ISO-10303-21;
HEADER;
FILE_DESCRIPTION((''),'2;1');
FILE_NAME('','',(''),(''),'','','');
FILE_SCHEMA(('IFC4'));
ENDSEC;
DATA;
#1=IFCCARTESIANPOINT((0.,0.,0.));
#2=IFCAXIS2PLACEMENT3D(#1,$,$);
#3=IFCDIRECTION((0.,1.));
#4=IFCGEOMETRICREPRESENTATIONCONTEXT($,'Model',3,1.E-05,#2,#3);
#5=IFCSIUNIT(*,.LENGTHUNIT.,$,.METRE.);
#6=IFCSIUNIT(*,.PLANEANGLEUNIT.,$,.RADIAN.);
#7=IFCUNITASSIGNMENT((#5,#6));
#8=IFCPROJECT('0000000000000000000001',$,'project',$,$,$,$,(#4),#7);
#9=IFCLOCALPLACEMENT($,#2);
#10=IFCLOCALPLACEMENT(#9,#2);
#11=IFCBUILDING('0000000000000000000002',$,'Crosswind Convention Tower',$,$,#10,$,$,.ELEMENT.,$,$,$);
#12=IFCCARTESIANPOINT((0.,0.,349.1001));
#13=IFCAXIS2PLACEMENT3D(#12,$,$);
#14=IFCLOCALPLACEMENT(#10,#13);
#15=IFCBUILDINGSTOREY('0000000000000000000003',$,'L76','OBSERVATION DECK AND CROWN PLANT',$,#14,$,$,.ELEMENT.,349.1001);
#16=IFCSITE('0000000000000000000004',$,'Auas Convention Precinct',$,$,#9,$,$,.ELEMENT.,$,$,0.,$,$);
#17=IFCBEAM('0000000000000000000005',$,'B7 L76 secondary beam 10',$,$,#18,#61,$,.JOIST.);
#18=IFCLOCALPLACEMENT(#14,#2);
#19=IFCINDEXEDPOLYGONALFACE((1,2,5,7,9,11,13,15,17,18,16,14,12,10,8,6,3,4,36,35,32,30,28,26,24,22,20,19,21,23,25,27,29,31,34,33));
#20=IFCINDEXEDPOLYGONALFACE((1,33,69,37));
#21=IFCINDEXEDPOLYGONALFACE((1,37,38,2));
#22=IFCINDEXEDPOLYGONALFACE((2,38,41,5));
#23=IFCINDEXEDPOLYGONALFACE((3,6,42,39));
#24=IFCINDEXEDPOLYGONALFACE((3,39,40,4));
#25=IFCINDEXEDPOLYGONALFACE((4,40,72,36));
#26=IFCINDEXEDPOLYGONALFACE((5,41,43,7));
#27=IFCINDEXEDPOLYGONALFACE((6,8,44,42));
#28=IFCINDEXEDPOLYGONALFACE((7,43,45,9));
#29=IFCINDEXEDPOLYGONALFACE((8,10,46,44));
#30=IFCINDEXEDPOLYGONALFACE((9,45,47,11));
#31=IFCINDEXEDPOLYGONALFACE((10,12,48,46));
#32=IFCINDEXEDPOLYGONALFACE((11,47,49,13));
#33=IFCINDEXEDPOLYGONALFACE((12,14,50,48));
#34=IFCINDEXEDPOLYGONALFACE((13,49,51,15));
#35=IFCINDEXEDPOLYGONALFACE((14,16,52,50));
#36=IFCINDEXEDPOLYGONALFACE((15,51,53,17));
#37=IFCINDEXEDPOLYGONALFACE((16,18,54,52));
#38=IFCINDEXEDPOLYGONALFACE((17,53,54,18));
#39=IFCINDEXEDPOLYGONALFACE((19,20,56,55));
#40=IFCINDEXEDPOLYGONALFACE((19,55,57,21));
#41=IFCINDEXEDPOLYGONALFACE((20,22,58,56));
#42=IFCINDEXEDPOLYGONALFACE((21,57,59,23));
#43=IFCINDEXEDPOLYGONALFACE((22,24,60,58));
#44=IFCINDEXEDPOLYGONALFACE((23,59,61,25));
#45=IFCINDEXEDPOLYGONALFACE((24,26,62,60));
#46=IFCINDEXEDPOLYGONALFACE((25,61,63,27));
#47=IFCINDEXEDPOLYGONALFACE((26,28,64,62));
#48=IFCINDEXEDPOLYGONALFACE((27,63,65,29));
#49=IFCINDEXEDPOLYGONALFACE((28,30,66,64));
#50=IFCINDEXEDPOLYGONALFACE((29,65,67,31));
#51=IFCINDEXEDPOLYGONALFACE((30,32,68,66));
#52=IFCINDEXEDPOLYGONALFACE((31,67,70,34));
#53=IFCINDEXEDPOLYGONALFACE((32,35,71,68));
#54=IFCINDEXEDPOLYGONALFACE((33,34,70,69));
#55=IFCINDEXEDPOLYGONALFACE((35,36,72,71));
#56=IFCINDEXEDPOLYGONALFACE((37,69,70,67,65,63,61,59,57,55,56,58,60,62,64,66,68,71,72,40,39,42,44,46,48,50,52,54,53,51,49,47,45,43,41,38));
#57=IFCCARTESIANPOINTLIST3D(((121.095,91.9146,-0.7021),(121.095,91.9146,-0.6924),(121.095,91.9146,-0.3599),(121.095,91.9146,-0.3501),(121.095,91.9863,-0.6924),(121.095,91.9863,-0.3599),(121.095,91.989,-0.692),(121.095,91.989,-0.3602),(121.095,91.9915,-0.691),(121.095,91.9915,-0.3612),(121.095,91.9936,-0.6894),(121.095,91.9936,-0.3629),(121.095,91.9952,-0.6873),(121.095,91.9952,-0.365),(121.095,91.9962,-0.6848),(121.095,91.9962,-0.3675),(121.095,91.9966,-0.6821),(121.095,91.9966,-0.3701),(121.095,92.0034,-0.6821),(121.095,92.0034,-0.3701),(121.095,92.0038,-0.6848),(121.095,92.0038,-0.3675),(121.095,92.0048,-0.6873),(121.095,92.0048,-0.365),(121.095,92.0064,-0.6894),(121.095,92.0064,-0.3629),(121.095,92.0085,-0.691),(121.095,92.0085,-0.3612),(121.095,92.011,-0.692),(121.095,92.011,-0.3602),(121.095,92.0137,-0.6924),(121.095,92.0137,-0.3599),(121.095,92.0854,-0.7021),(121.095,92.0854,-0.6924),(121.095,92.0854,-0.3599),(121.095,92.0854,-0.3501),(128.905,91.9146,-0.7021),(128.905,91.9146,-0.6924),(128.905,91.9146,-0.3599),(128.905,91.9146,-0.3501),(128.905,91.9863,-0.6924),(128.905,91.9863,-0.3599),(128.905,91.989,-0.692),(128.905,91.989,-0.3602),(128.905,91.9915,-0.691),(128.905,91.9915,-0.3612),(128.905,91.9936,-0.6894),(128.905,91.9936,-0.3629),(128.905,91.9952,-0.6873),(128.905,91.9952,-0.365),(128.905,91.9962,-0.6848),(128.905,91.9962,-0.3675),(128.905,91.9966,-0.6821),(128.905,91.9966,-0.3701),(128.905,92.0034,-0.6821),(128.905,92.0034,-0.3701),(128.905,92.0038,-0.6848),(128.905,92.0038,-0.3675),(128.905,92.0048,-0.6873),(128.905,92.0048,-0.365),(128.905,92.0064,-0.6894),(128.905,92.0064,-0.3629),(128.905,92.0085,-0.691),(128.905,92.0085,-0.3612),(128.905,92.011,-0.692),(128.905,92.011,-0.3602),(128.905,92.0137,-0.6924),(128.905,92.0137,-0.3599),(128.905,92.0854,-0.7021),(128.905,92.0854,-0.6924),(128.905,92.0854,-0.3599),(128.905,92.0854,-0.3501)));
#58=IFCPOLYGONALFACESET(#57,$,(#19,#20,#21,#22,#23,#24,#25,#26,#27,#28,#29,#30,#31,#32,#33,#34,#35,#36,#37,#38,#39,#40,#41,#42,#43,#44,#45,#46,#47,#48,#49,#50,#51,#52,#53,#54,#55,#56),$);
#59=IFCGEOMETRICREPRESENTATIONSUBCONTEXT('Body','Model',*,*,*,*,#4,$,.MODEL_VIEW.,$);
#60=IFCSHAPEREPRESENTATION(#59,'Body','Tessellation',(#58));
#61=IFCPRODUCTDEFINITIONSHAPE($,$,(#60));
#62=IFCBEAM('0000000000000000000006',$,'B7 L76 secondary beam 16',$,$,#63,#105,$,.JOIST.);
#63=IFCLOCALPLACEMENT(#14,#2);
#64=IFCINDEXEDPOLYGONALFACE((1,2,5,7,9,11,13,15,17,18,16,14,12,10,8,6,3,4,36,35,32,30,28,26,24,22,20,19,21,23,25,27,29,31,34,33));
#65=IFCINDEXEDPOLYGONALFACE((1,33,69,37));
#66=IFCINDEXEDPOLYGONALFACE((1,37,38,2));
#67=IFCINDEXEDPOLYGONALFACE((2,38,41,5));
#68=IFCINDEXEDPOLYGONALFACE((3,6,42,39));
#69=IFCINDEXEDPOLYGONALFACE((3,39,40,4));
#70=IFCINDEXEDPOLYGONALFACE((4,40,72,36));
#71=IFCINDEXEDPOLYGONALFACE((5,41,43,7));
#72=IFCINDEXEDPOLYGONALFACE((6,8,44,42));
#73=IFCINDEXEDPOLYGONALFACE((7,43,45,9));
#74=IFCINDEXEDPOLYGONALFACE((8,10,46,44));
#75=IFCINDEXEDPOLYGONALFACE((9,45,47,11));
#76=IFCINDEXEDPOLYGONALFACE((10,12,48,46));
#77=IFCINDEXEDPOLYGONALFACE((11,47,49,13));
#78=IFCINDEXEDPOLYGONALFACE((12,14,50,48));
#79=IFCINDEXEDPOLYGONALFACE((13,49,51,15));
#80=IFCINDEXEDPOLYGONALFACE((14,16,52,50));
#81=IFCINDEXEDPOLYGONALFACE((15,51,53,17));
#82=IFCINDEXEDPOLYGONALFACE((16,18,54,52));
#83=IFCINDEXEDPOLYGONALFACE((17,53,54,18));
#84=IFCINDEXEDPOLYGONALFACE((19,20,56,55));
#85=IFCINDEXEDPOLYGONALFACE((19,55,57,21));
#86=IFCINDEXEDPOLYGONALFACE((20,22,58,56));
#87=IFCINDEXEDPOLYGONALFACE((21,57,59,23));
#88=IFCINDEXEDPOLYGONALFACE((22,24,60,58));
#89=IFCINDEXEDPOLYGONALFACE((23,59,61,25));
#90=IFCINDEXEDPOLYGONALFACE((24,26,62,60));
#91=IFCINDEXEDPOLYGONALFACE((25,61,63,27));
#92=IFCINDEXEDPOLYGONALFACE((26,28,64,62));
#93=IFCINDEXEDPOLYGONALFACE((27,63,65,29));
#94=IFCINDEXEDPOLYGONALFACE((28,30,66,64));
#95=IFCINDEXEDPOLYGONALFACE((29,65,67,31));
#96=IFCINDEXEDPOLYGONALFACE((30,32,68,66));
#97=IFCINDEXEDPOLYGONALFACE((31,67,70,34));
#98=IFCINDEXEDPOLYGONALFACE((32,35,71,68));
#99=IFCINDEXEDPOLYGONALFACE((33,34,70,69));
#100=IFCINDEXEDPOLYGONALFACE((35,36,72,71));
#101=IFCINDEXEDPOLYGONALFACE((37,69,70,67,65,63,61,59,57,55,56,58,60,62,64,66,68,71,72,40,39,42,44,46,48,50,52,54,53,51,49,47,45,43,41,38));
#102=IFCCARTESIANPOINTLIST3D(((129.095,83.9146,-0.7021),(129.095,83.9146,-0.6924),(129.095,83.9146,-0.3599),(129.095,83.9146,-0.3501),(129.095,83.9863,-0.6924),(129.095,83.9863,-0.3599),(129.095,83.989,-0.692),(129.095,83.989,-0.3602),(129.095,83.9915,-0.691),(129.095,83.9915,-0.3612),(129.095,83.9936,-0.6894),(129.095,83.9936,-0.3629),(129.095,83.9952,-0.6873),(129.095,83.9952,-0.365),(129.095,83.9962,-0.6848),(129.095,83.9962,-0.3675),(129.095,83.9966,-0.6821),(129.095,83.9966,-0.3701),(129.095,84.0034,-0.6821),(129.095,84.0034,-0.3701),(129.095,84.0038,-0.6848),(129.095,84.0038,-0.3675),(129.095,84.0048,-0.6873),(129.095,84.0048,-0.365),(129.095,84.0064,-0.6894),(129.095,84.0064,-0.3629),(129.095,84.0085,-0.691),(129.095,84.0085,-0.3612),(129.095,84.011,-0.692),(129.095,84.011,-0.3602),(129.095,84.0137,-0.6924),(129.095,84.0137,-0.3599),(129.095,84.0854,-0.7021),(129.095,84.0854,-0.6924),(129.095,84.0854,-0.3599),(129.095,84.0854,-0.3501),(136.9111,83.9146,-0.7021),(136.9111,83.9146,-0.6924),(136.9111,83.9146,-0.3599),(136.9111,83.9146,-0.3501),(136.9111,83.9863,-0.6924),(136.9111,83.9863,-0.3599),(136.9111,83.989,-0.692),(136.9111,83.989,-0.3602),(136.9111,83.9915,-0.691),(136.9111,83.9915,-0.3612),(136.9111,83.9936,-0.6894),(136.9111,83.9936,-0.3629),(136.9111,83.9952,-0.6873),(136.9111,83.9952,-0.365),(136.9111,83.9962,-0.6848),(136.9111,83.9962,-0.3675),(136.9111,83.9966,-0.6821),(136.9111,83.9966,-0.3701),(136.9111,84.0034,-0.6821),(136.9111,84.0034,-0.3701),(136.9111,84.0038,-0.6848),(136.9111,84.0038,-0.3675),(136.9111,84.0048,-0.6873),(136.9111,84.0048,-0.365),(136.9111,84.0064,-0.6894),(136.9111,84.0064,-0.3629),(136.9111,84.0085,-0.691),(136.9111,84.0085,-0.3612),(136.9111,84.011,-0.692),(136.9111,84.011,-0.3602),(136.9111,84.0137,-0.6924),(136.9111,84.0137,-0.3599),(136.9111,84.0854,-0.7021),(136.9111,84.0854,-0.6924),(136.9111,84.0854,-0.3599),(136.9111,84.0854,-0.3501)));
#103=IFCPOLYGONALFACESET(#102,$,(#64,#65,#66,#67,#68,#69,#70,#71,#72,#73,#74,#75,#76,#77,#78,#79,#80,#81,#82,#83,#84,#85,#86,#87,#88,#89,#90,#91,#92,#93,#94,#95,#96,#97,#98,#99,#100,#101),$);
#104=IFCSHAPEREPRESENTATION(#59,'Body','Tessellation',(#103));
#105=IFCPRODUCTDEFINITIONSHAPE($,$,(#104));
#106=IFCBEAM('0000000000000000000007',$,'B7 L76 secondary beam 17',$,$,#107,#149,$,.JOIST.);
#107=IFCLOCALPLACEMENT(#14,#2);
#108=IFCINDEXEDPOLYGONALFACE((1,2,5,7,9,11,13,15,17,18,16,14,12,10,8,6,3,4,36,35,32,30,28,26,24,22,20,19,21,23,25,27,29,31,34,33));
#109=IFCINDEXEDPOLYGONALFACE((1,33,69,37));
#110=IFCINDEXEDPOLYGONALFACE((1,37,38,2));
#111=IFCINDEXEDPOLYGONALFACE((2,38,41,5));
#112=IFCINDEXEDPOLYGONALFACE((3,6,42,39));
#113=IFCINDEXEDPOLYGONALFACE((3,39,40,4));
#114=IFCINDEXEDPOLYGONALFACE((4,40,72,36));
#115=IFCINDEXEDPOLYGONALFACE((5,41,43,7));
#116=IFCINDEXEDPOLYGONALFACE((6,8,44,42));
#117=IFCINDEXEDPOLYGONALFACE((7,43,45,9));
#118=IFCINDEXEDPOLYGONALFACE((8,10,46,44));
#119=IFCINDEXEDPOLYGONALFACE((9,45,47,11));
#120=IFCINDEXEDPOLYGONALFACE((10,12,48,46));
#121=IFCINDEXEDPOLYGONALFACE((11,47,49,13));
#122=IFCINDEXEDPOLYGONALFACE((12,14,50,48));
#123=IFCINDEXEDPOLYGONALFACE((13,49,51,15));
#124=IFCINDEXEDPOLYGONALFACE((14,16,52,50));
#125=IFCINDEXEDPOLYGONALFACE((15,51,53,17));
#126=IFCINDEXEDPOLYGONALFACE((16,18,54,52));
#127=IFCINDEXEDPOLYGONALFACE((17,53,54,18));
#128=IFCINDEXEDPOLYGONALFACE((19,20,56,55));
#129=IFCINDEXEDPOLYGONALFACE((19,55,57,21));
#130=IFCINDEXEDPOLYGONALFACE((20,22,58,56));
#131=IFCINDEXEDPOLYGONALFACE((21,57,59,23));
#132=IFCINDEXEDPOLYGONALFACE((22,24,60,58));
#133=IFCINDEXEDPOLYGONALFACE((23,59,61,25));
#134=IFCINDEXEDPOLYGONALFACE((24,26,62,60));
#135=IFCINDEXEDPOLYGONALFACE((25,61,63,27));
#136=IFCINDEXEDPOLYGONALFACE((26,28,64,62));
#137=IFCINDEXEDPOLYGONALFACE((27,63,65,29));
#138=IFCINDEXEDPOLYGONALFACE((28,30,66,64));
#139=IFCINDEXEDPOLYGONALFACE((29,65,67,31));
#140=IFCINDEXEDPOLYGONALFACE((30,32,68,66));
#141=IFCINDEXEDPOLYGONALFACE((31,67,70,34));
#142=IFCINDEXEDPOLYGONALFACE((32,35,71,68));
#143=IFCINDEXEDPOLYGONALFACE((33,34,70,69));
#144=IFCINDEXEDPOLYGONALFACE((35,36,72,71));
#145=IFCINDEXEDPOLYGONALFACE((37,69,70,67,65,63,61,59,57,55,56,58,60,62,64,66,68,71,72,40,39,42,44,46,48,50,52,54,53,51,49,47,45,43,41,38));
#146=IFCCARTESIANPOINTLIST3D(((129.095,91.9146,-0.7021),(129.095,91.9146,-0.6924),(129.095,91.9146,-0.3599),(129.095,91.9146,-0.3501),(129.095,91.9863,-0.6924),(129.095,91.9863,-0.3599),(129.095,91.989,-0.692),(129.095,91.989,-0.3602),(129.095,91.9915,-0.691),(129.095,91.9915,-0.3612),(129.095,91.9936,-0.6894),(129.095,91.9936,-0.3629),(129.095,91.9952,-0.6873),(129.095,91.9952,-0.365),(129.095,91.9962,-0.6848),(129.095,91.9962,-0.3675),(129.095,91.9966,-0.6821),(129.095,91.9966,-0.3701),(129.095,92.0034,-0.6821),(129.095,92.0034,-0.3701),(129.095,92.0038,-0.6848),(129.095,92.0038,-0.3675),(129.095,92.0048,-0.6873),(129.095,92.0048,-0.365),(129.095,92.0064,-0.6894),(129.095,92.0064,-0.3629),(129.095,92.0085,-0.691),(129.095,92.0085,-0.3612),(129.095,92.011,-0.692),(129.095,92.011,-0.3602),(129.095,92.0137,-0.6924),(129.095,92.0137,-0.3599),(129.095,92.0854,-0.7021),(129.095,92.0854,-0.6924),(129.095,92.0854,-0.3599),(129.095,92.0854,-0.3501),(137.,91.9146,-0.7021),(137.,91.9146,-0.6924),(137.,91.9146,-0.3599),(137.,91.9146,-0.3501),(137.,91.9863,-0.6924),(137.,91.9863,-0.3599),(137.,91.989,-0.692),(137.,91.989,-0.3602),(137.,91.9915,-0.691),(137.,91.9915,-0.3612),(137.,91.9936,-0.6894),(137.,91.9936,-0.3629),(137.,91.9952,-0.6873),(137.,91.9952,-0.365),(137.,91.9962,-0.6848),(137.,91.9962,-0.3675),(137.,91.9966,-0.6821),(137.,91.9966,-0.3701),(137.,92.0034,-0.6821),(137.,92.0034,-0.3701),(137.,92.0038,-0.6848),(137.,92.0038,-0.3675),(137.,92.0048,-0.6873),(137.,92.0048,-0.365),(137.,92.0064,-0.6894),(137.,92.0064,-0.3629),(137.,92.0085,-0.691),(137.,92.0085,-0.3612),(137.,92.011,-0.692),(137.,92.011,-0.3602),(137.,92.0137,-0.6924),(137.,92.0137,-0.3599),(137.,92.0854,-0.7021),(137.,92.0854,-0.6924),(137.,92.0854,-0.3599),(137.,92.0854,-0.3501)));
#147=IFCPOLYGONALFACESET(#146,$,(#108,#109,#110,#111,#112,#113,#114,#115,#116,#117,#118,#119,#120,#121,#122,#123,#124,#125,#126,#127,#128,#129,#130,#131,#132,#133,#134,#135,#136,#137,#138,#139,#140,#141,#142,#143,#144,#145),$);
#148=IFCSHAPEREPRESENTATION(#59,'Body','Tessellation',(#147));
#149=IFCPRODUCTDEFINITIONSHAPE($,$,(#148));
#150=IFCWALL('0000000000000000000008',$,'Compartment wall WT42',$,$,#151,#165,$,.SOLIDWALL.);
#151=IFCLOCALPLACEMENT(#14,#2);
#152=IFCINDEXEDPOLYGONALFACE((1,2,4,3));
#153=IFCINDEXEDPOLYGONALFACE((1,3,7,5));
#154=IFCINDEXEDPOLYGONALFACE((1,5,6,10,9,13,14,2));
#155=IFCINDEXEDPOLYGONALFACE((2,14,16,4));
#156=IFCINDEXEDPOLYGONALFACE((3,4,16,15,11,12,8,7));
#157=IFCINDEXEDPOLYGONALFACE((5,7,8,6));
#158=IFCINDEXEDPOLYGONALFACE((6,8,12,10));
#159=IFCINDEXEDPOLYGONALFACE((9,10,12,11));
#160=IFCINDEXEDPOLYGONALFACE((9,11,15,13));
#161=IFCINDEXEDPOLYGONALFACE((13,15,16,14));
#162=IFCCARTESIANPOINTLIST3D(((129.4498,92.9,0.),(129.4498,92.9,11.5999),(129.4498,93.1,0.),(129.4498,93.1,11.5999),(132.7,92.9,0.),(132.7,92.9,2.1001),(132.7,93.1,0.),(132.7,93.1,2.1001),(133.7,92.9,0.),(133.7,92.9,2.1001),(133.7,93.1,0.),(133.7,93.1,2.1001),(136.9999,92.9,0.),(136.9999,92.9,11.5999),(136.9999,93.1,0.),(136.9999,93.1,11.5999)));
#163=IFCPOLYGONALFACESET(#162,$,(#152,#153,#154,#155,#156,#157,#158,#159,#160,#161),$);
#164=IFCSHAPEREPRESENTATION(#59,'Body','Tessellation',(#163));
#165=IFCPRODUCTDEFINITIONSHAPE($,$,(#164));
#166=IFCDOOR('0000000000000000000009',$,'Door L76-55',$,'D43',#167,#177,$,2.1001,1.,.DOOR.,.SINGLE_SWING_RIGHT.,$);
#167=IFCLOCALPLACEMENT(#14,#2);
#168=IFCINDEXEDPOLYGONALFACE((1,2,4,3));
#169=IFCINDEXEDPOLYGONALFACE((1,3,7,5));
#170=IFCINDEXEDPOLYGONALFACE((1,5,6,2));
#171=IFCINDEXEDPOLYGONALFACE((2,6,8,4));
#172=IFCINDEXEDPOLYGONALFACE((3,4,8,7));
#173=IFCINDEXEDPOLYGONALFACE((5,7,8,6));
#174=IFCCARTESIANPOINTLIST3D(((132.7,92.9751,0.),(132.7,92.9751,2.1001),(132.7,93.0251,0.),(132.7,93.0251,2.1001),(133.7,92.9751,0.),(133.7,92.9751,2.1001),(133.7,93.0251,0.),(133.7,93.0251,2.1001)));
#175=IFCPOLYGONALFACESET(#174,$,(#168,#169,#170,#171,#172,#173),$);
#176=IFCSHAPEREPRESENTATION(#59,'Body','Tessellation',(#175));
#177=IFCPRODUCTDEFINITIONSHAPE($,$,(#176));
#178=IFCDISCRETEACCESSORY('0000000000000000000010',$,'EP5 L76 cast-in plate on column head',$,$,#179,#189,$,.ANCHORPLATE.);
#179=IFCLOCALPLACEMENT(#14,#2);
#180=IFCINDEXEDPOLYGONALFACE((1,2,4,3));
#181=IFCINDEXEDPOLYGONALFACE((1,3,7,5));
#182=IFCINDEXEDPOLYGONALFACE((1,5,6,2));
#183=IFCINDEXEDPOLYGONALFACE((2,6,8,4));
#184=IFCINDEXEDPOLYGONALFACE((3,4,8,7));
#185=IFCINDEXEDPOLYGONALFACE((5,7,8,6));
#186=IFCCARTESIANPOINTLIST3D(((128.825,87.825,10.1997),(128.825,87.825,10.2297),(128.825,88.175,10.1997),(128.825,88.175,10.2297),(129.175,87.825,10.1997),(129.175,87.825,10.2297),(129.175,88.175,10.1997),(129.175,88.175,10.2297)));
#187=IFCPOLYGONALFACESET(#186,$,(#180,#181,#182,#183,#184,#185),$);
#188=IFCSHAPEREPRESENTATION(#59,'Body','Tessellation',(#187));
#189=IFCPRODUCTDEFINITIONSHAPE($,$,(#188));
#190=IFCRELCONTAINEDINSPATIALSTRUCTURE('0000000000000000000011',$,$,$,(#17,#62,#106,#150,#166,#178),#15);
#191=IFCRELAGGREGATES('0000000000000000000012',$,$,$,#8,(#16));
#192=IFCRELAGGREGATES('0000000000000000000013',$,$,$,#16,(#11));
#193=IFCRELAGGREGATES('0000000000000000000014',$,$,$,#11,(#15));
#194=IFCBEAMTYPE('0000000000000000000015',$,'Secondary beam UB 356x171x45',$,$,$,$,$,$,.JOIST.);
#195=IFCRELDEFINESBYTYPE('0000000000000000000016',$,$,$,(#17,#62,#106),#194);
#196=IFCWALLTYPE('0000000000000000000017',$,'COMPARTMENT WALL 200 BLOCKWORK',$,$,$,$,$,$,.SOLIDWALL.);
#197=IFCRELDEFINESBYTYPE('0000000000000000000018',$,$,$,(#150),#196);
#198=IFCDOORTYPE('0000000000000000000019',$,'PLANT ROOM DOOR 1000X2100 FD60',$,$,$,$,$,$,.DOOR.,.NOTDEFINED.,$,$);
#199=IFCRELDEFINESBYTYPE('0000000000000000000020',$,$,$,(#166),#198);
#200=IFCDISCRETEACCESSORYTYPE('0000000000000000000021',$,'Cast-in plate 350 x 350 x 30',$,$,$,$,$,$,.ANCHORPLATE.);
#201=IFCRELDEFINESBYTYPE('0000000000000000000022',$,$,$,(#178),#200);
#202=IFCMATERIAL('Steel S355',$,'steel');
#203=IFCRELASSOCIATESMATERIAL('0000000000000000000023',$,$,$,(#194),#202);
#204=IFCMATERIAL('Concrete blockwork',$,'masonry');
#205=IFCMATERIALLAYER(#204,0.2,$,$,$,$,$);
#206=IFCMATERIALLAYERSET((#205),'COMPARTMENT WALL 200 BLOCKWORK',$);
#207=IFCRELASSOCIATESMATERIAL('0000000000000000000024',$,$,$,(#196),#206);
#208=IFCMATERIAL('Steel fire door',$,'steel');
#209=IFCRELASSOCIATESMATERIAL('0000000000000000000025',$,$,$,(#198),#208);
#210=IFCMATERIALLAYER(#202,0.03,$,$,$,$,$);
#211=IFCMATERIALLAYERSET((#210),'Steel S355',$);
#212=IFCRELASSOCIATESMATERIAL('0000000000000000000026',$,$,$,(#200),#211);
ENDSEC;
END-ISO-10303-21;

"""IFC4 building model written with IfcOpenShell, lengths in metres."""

from ifc_helpers import new_model, si_unit, direction, frame, frame_2d, origin, origin_2d, place, context, subcontext, project, spatial, rectangle, i_section, extrude, material, layer, layer_set, material_profile, profile_set, type_object, element, fill, save


model = new_model("IFC4")

# Units and contexts
model_context = context("Model", 3, precision=1e-05, world=origin(), true_north=direction((0.0, 1.0)))
body_context = subcontext(model_context, "Body", "Model", "MODEL_VIEW")
ifc_project = project(units=[si_unit("LENGTHUNIT", "METRE"), si_unit("PLANEANGLEUNIT", "RADIAN")], contexts=[model_context])

# Site, building, storey
site_placement = place(None, origin())
site = spatial("IfcSite", under=ifc_project, at=site_placement, Name="Auas Convention Precinct", CompositionType="ELEMENT", RefElevation=0.0)
building_placement = place(site_placement, origin())
building = spatial("IfcBuilding", under=site, at=building_placement, Name="Crosswind Convention Tower", CompositionType="ELEMENT")
storey_placement = place(building_placement, frame((0.0, 0.0, 349.1001)))
storey = spatial("IfcBuildingStorey", under=building, at=storey_placement, Name="L76", Description="OBSERVATION DECK AND CROWN PLANT", CompositionType="ELEMENT", Elevation=349.1001)

# Shared definitions
ifc_material_1 = material(Name="Steel S355", Category="steel")

# Beams
ifc_material_profile_1 = material_profile(ifc_material_1, i_section(OverallWidth=0.1709, OverallDepth=0.3521, WebThickness=0.0068, FlangeThickness=0.0098, FilletRadius=0.0103, at=origin_2d()), Name="UB 356x171x45")
ifc_profile_set_1 = profile_set([ifc_material_profile_1], Name="Steel S355")
beam_type_1 = type_object("IfcBeamType", Name="Secondary beam UB 356x171x45", PredefinedType="JOIST", material=ifc_profile_set_1)
for number, where, z_axis, x_axis, name in (
    (1, (121.095, 92.0, -0.5261), (1.0, 0.0, 0.0), (0.0, 1.0, 0.0), "B7 L76 secondary beam 10"),
):
    element("IfcBeam", number, at=place(storey_placement, frame(where, z_axis=z_axis, x_axis=x_axis)), inside=storey, type_object=beam_type_1, Name=name, PredefinedType="JOIST", context=body_context, shape_type="SweptSolid", body=[
        extrude(i_section(OverallWidth=0.1709, OverallDepth=0.3521, WebThickness=0.0068, FlangeThickness=0.0098, FilletRadius=0.0103, at=origin_2d()), origin(), (0.0, 0.0, 1.0), 7.8101),
    ])
beam_1_placement = place(storey_placement, frame((129.095, 84.0, -0.5261), z_axis=(1.0, 0.0, 0.0), x_axis=(0.0, 1.0, 0.0)))
element("IfcBeam", 2, at=beam_1_placement, inside=storey, type_object=beam_type_1, Name="B7 L76 secondary beam 16", PredefinedType="JOIST", context=body_context, shape_type="SweptSolid", body=[
    extrude(i_section(OverallWidth=0.1709, OverallDepth=0.3521, WebThickness=0.0068, FlangeThickness=0.0098, FilletRadius=0.0103, at=origin_2d()), origin(), (0.0, 0.0, 1.0), 7.8162),
])
beam_2_placement = place(storey_placement, frame((129.095, 92.0, -0.5261), z_axis=(1.0, 0.0, 0.0), x_axis=(0.0, 1.0, 0.0)))
element("IfcBeam", 3, at=beam_2_placement, inside=storey, type_object=beam_type_1, Name="B7 L76 secondary beam 17", PredefinedType="JOIST", context=body_context, shape_type="SweptSolid", body=[
    extrude(i_section(OverallWidth=0.1709, OverallDepth=0.3521, WebThickness=0.0068, FlangeThickness=0.0098, FilletRadius=0.0103, at=origin_2d()), origin(), (0.0, 0.0, 1.0), 7.905),
])

# Wall, opening, door
ifc_material_2 = material(Name="Concrete blockwork", Category="masonry")
ifc_layer_1 = layer(ifc_material_2, 0.2)
ifc_layer_set_1 = layer_set([ifc_layer_1], Name="COMPARTMENT WALL 200 BLOCKWORK")
wall_type = type_object("IfcWallType", Name="COMPARTMENT WALL 200 BLOCKWORK", PredefinedType="SOLIDWALL", material=ifc_layer_set_1)
wall_placement = place(storey_placement, frame((129.45, 93.0, 0.0), z_axis=(0.0, 0.0, 1.0), x_axis=(1.0, 0.0, 0.0)))
wall = element("IfcWall", 4, at=wall_placement, inside=storey, type_object=wall_type, Name="Compartment wall WT42", PredefinedType="SOLIDWALL", context=body_context, shape_type="SweptSolid", body=[
    extrude(rectangle(XDim=7.55, YDim=0.2, at=frame_2d((3.7749, 0.0))), origin(), (0.0, 0.0, 1.0), 11.5999),
])
opening_placement = place(wall_placement, frame((3.25, 0.0, 0.0)))
opening = element("IfcOpeningElement", 5, at=opening_placement, cuts=wall, PredefinedType="OPENING", context=body_context, shape_type="SweptSolid", body=[
    extrude(rectangle(XDim=1.0, YDim=2.1001, at=frame_2d((0.5, 1.05))), frame((0.0, 0.1099, 0.0), z_axis=(0.0, -1.0, 0.0), x_axis=(1.0, 0.0, 0.0)), (0.0, 0.0, 1.0), 0.22),
])
ifc_material_3 = material(Name="Steel fire door", Category="steel")
door_type = type_object("IfcDoorType", Name="PLANT ROOM DOOR 1000X2100 FD60", OperationType="NOTDEFINED", PredefinedType="DOOR", material=ifc_material_3)
door_placement = place(opening_placement, frame((1.0, 0.0, 0.0), z_axis=(0.0, 0.0, 1.0), x_axis=(-1.0, 0.0, 0.0)))
door = element("IfcDoor", 6, at=door_placement, inside=storey, type_object=door_type, Name="Door L76-55", ObjectType="D43", OperationType="SINGLE_SWING_RIGHT", OverallHeight=2.1001, OverallWidth=1.0, PredefinedType="DOOR", context=body_context, shape_type="SweptSolid", body=[
    extrude(rectangle(XDim=1.0, YDim=2.1001, at=frame_2d((0.5, 1.05))), frame((0.0, 0.0249, 0.0), z_axis=(0.0, -1.0, 0.0), x_axis=(1.0, 0.0, 0.0)), (0.0, 0.0, 1.0), 0.05),
])
fill(opening, door)

# Discrete accessory
ifc_layer_2 = layer(ifc_material_1, 0.03)
ifc_layer_set_2 = layer_set([ifc_layer_2], Name="Steel S355")
discrete_accessory_type_1 = type_object("IfcDiscreteAccessoryType", Name="Cast-in plate 350 x 350 x 30", PredefinedType="ANCHORPLATE", material=ifc_layer_set_2)
for number, where, z_axis, x_axis, name in (
    (7, (129.0, 88.0, 10.1997), (0.0, 0.0, 1.0), (1.0, 0.0, 0.0), "EP5 L76 cast-in plate on column head"),
):
    element("IfcDiscreteAccessory", number, at=place(storey_placement, frame(where, z_axis=z_axis, x_axis=x_axis)), inside=storey, type_object=discrete_accessory_type_1, Name=name, PredefinedType="ANCHORPLATE", context=body_context, shape_type="SweptSolid", body=[
        extrude(rectangle(XDim=0.3501, YDim=0.3501, at=origin_2d()), origin(), (0.0, 0.0, 1.0), 0.03),
    ])

save(model, "model.ifc")
